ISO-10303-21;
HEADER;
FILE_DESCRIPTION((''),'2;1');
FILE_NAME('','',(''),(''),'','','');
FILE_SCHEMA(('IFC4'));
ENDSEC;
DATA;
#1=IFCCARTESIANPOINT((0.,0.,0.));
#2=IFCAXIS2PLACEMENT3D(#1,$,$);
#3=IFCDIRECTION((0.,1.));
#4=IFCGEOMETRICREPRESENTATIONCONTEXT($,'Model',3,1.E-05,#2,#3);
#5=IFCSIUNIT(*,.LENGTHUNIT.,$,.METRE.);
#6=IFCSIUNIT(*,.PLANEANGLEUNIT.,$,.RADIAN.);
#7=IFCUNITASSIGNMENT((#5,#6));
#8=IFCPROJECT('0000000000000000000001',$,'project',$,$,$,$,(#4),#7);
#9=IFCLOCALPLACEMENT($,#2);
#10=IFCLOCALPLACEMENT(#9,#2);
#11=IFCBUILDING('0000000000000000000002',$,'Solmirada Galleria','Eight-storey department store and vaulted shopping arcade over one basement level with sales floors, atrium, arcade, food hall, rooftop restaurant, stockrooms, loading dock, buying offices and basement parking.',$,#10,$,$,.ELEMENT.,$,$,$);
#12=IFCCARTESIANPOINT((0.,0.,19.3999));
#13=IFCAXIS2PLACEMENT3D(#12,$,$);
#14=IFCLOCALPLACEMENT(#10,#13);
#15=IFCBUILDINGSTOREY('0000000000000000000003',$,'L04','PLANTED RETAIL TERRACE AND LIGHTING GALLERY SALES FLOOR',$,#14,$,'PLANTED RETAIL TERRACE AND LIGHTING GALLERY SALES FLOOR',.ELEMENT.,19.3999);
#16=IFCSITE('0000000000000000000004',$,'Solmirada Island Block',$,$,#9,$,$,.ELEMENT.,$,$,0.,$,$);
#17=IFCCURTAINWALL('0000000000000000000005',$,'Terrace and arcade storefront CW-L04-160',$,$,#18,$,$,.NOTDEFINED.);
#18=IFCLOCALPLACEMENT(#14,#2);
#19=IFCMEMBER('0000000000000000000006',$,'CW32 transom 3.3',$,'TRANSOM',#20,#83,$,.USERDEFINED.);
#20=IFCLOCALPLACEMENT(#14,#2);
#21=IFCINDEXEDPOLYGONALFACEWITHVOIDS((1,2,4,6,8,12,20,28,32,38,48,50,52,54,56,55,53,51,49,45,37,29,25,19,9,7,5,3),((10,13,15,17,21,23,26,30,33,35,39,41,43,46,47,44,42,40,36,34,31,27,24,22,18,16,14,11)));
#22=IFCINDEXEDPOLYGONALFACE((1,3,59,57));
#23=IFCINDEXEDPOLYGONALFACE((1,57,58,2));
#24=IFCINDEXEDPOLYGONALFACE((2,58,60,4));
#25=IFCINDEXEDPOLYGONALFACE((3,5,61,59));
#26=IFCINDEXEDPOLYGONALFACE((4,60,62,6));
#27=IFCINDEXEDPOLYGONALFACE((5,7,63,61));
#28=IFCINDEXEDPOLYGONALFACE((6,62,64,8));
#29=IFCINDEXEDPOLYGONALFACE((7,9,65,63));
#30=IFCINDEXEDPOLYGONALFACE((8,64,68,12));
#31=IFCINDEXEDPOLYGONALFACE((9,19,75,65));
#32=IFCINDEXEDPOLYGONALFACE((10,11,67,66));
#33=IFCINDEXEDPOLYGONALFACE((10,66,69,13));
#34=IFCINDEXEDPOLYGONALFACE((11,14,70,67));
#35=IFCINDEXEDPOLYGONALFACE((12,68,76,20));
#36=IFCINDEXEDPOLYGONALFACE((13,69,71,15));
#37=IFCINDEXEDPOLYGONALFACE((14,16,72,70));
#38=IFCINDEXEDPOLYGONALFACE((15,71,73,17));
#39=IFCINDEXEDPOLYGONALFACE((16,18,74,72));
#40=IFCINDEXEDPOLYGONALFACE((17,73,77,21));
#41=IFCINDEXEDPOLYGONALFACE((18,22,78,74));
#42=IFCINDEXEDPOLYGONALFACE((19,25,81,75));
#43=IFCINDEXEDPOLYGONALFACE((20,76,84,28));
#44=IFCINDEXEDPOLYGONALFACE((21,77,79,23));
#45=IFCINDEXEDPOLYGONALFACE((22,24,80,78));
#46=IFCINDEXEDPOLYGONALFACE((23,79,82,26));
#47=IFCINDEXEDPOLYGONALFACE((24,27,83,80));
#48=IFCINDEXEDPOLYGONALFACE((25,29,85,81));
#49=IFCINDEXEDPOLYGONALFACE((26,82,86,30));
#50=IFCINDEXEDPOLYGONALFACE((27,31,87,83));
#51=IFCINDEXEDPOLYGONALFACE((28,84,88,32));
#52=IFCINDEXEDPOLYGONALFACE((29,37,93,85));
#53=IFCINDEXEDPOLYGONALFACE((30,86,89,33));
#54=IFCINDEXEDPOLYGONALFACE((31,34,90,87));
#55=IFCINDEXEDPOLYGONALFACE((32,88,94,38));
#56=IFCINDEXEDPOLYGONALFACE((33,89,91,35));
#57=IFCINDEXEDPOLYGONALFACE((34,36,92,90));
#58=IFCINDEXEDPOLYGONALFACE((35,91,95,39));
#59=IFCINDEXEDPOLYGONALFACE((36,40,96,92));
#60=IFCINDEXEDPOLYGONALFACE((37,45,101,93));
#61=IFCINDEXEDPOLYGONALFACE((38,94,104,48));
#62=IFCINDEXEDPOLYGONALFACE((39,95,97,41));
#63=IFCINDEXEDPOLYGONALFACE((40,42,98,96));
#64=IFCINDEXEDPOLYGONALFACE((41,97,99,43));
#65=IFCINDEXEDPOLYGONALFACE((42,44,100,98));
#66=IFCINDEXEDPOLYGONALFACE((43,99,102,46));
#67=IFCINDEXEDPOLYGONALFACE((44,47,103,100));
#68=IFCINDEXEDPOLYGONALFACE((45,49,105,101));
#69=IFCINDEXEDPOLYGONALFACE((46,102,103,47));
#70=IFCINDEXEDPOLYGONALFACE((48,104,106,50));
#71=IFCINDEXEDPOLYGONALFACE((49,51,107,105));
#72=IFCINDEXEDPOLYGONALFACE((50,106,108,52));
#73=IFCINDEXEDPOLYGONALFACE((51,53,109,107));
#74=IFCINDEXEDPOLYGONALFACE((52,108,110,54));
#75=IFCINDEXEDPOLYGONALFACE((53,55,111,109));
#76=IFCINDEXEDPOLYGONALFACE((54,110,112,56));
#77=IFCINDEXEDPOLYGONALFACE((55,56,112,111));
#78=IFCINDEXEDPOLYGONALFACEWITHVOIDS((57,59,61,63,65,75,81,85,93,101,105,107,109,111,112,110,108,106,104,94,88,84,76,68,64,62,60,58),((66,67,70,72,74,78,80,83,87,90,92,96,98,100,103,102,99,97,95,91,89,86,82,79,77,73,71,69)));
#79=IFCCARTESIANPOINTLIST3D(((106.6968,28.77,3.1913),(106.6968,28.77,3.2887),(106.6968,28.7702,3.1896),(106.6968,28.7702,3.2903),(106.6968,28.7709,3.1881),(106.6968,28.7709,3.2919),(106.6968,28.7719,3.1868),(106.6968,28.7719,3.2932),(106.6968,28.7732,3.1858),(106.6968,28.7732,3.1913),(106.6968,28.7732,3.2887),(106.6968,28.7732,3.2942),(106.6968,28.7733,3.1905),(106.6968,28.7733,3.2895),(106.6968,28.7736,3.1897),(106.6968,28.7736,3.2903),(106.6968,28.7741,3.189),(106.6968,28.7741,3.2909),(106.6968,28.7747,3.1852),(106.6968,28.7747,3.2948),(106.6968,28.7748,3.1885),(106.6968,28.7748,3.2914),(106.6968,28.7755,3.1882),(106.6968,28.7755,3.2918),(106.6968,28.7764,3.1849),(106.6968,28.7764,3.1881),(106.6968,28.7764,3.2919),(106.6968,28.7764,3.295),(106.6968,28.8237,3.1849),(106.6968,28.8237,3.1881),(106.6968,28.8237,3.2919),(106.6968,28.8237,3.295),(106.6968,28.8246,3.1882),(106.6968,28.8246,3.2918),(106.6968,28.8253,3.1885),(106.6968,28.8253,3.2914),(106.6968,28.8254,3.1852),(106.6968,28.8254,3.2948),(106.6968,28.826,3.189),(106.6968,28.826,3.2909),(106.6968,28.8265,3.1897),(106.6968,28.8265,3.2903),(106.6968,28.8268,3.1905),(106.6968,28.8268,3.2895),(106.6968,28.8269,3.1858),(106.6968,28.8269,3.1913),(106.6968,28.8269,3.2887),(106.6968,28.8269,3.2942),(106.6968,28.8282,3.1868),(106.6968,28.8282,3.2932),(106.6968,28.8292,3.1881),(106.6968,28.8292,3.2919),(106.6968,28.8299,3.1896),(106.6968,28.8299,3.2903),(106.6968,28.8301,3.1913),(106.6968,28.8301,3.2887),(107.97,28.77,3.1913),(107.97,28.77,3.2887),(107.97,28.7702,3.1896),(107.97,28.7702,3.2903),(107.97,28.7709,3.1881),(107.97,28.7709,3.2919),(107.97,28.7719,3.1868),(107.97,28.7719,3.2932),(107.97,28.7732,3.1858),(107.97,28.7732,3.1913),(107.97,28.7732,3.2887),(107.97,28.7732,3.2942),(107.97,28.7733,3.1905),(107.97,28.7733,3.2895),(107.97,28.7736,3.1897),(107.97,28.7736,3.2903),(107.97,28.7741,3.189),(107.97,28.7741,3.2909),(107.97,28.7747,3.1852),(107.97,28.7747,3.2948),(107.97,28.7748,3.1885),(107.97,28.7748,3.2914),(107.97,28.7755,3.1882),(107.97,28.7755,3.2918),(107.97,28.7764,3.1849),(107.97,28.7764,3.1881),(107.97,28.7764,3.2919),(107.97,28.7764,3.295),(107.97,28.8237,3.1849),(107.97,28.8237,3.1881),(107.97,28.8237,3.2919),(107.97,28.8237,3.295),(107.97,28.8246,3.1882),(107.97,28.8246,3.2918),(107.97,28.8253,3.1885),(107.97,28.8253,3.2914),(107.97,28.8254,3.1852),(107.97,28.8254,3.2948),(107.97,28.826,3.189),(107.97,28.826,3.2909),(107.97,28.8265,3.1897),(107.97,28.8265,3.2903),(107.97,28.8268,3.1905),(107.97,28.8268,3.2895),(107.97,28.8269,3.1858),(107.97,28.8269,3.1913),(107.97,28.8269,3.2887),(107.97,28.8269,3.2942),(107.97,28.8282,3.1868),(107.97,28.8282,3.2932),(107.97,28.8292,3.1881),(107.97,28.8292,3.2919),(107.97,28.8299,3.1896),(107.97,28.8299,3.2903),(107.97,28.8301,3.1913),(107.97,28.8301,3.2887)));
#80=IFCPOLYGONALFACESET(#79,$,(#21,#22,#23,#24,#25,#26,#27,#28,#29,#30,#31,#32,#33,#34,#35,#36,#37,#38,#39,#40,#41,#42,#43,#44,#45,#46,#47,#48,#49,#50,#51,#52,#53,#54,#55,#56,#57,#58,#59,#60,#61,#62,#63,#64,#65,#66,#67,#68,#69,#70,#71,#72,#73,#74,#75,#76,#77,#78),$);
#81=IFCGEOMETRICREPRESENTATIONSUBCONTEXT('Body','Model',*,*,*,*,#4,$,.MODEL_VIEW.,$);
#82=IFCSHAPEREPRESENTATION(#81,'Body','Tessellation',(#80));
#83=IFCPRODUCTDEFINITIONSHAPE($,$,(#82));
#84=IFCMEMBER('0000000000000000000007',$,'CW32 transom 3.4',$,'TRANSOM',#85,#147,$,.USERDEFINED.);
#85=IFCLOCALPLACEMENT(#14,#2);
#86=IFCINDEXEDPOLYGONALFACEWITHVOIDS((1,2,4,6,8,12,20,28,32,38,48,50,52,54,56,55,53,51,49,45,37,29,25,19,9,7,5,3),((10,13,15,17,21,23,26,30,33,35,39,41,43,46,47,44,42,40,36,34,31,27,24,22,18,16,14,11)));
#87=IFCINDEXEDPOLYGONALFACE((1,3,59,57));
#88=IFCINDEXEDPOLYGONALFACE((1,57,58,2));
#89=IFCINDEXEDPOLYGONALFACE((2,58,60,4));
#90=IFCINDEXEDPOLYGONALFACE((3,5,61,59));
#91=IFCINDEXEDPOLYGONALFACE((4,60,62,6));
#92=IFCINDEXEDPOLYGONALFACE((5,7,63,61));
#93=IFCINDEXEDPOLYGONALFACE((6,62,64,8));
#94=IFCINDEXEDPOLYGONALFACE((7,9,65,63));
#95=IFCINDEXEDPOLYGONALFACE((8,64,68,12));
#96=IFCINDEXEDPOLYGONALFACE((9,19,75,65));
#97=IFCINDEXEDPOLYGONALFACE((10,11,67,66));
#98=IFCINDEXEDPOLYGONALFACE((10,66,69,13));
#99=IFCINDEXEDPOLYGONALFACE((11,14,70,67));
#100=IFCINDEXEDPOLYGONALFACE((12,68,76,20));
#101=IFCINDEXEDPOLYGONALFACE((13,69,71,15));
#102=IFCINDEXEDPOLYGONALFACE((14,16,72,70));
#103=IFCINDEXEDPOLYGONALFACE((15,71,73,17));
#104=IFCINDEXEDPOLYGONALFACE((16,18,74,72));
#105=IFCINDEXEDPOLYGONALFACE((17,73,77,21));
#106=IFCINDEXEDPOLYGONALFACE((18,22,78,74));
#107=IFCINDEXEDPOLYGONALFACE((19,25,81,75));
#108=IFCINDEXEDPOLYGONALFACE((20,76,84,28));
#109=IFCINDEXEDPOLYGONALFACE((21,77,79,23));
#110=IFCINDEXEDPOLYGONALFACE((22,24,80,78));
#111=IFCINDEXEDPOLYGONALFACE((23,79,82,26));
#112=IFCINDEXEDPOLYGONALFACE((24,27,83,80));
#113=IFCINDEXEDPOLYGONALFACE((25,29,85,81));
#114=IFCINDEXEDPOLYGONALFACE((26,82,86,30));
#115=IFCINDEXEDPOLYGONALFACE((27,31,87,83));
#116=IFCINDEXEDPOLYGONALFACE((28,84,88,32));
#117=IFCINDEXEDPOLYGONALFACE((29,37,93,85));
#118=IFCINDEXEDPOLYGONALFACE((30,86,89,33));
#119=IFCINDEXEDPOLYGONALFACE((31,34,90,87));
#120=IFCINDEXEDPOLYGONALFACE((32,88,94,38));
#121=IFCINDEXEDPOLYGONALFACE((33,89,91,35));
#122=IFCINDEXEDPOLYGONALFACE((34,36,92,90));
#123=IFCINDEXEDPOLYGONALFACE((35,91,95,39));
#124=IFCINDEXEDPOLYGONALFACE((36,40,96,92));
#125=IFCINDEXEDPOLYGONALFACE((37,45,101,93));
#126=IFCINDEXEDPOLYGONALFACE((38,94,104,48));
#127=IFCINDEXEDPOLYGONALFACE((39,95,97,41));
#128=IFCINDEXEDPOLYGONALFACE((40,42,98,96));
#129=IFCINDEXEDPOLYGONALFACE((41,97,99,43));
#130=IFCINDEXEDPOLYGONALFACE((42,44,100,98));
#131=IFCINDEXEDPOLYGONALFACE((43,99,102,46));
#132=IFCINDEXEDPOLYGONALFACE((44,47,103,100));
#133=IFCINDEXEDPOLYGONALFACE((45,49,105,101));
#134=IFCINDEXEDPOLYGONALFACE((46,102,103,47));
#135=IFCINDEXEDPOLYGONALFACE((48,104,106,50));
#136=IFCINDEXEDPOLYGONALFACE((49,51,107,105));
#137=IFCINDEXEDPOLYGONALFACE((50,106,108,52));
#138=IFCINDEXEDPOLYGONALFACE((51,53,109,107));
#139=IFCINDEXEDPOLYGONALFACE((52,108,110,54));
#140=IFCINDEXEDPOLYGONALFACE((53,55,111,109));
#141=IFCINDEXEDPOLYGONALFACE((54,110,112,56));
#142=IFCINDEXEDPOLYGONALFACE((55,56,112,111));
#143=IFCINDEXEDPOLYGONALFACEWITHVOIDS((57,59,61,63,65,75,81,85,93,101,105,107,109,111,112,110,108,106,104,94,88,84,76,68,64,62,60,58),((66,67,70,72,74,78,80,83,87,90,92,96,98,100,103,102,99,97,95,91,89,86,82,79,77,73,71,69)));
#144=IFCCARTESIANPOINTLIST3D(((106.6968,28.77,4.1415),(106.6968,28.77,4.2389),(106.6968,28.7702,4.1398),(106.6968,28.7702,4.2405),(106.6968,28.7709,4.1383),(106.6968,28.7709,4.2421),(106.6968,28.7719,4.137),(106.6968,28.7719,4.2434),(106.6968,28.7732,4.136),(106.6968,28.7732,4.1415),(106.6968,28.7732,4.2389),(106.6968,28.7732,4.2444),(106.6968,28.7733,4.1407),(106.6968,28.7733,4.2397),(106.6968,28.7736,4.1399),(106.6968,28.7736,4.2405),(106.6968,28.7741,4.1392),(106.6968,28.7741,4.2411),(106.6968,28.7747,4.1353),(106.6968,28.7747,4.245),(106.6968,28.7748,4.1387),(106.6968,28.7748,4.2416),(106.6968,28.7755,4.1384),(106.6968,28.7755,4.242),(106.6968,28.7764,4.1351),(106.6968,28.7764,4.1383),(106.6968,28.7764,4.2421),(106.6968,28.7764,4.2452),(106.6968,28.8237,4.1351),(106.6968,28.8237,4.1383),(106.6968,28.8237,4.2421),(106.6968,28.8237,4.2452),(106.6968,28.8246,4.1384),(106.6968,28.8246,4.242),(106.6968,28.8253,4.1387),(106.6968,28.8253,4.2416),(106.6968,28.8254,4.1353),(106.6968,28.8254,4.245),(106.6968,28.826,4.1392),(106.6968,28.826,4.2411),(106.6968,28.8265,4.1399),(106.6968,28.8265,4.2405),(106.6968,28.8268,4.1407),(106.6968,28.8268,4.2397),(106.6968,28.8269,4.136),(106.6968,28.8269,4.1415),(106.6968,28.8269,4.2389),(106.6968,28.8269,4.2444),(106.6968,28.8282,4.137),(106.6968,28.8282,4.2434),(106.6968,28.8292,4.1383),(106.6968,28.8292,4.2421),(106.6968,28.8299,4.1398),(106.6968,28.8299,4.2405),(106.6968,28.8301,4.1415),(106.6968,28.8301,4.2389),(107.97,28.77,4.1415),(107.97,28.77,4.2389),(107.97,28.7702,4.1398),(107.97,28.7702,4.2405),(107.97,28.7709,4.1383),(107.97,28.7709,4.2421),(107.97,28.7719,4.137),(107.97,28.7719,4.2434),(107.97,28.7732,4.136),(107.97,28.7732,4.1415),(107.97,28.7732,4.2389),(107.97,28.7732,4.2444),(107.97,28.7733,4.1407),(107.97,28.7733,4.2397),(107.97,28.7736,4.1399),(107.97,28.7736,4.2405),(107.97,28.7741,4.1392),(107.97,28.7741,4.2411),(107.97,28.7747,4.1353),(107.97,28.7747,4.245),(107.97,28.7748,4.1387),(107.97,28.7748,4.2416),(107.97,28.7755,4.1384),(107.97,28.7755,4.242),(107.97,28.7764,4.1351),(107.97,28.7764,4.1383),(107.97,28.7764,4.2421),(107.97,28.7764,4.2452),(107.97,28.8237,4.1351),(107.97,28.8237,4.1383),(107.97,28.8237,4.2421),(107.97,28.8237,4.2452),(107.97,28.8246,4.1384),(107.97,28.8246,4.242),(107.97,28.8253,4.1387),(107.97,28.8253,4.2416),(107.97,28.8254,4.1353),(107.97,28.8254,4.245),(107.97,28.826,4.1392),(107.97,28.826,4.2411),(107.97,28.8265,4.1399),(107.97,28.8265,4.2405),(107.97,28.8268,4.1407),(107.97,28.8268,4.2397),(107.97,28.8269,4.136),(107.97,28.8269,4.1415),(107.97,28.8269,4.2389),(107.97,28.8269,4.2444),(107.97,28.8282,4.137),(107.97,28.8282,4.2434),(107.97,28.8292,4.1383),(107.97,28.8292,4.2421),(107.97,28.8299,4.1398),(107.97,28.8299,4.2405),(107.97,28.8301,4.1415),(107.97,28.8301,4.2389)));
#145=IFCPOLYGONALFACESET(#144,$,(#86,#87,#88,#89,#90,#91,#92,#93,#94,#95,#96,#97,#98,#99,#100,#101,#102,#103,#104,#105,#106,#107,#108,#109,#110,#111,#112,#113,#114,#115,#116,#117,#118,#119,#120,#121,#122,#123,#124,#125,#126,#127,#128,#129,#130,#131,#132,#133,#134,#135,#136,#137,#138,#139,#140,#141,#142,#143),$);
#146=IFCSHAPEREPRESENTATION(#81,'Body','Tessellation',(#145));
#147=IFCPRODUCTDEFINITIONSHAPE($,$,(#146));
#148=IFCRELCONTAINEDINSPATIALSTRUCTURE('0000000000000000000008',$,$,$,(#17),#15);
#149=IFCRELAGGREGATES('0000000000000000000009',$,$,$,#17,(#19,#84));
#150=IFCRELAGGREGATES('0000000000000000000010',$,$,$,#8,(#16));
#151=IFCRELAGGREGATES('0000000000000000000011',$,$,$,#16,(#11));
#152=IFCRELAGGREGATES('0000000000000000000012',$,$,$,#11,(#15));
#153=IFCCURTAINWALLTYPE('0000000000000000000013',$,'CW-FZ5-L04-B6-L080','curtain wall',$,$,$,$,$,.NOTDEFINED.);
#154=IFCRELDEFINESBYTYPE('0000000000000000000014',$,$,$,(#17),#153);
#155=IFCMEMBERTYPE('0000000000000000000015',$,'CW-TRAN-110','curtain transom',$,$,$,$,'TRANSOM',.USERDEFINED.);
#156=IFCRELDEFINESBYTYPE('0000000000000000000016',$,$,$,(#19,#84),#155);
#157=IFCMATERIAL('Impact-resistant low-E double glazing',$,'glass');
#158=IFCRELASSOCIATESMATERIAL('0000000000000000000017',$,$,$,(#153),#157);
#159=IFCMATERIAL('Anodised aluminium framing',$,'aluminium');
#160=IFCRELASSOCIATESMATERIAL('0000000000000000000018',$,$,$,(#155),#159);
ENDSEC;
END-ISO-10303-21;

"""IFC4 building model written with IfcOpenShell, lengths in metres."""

from ifc_helpers import new_model, si_unit, direction, frame, origin, origin_2d, place, context, subcontext, project, spatial, hollow_rectangle, extrude, material, material_profile, profile_set, type_object, element, aggregate, save


model = new_model("IFC4")

# Units and contexts
model_context = context("Model", 3, precision=1e-05, world=origin(), true_north=direction((0.0, 1.0)))
body_context = subcontext(model_context, "Body", "Model", "MODEL_VIEW")
ifc_project = project(units=[si_unit("LENGTHUNIT", "METRE"), si_unit("PLANEANGLEUNIT", "RADIAN")], contexts=[model_context])

# Site, building, storey
site_placement = place(None, origin())
site = spatial("IfcSite", under=ifc_project, at=site_placement, Name="Solmirada Island Block", CompositionType="ELEMENT", RefElevation=0.0)
building_placement = place(site_placement, origin())
building = spatial("IfcBuilding", under=site, at=building_placement, Name="Solmirada Galleria", Description="Eight-storey department store and vaulted shopping arcade over one basement level with sales floors, atrium, arcade, food hall, rooftop restaurant, stockrooms, loading dock, buying offices and basement parking.", CompositionType="ELEMENT")
storey_placement = place(building_placement, frame((0.0, 0.0, 19.3999)))
storey = spatial("IfcBuildingStorey", under=building, at=storey_placement, Name="L04", Description="PLANTED RETAIL TERRACE AND LIGHTING GALLERY SALES FLOOR", LongName="PLANTED RETAIL TERRACE AND LIGHTING GALLERY SALES FLOOR", CompositionType="ELEMENT", Elevation=19.3999)

# Curtain wall, members
ifc_material_1 = material(Name="Impact-resistant low-E double glazing", Category="glass")
curtain_wall_type = type_object("IfcCurtainWallType", Name="CW-FZ5-L04-B6-L080", Description="curtain wall", PredefinedType="NOTDEFINED", material=ifc_material_1)
curtain_wall_placement = place(storey_placement, origin())
curtain_wall = element("IfcCurtainWall", 1, at=curtain_wall_placement, inside=storey, type_object=curtain_wall_type, Name="Terrace and arcade storefront CW-L04-160", PredefinedType="NOTDEFINED")
ifc_material_2 = material(Name="Anodised aluminium framing", Category="aluminium")
ifc_material_profile_1 = material_profile(ifc_material_2, hollow_rectangle(XDim=0.0601, YDim=0.1101, WallThickness=0.0032, InnerFilletRadius=0.0032, OuterFilletRadius=0.0063, at=origin_2d()), Name="ALU-TRAN-110X60")
ifc_profile_set_1 = profile_set([ifc_material_profile_1], Name="Anodised aluminium framing")
member_type_1 = type_object("IfcMemberType", Name="CW-TRAN-110", Description="curtain transom", ElementType="TRANSOM", PredefinedType="USERDEFINED", material=ifc_profile_set_1)
member_1_placement = place(storey_placement, frame((106.6968, 28.8, 3.24), z_axis=(1.0, 0.0, 0.0), x_axis=(0.0, 1.0, 0.0)))
member_1 = element("IfcMember", 2, at=member_1_placement, type_object=member_type_1, Name="CW32 transom 3.3", ObjectType="TRANSOM", PredefinedType="USERDEFINED", context=body_context, shape_type="SweptSolid", body=[
    extrude(hollow_rectangle(XDim=0.0601, YDim=0.1101, WallThickness=0.0032, InnerFilletRadius=0.0032, OuterFilletRadius=0.0063, at=origin_2d()), origin(), (0.0, 0.0, 1.0), 1.2732),
])
member_2_placement = place(storey_placement, frame((106.6968, 28.8, 4.1902), z_axis=(1.0, 0.0, 0.0), x_axis=(0.0, 1.0, 0.0)))
member_2 = element("IfcMember", 3, at=member_2_placement, type_object=member_type_1, Name="CW32 transom 3.4", ObjectType="TRANSOM", PredefinedType="USERDEFINED", context=body_context, shape_type="SweptSolid", body=[
    extrude(hollow_rectangle(XDim=0.0601, YDim=0.1101, WallThickness=0.0032, InnerFilletRadius=0.0032, OuterFilletRadius=0.0063, at=origin_2d()), origin(), (0.0, 0.0, 1.0), 1.2732),
])
aggregate(curtain_wall, [member_1, member_2])

save(model, "model.ifc")
